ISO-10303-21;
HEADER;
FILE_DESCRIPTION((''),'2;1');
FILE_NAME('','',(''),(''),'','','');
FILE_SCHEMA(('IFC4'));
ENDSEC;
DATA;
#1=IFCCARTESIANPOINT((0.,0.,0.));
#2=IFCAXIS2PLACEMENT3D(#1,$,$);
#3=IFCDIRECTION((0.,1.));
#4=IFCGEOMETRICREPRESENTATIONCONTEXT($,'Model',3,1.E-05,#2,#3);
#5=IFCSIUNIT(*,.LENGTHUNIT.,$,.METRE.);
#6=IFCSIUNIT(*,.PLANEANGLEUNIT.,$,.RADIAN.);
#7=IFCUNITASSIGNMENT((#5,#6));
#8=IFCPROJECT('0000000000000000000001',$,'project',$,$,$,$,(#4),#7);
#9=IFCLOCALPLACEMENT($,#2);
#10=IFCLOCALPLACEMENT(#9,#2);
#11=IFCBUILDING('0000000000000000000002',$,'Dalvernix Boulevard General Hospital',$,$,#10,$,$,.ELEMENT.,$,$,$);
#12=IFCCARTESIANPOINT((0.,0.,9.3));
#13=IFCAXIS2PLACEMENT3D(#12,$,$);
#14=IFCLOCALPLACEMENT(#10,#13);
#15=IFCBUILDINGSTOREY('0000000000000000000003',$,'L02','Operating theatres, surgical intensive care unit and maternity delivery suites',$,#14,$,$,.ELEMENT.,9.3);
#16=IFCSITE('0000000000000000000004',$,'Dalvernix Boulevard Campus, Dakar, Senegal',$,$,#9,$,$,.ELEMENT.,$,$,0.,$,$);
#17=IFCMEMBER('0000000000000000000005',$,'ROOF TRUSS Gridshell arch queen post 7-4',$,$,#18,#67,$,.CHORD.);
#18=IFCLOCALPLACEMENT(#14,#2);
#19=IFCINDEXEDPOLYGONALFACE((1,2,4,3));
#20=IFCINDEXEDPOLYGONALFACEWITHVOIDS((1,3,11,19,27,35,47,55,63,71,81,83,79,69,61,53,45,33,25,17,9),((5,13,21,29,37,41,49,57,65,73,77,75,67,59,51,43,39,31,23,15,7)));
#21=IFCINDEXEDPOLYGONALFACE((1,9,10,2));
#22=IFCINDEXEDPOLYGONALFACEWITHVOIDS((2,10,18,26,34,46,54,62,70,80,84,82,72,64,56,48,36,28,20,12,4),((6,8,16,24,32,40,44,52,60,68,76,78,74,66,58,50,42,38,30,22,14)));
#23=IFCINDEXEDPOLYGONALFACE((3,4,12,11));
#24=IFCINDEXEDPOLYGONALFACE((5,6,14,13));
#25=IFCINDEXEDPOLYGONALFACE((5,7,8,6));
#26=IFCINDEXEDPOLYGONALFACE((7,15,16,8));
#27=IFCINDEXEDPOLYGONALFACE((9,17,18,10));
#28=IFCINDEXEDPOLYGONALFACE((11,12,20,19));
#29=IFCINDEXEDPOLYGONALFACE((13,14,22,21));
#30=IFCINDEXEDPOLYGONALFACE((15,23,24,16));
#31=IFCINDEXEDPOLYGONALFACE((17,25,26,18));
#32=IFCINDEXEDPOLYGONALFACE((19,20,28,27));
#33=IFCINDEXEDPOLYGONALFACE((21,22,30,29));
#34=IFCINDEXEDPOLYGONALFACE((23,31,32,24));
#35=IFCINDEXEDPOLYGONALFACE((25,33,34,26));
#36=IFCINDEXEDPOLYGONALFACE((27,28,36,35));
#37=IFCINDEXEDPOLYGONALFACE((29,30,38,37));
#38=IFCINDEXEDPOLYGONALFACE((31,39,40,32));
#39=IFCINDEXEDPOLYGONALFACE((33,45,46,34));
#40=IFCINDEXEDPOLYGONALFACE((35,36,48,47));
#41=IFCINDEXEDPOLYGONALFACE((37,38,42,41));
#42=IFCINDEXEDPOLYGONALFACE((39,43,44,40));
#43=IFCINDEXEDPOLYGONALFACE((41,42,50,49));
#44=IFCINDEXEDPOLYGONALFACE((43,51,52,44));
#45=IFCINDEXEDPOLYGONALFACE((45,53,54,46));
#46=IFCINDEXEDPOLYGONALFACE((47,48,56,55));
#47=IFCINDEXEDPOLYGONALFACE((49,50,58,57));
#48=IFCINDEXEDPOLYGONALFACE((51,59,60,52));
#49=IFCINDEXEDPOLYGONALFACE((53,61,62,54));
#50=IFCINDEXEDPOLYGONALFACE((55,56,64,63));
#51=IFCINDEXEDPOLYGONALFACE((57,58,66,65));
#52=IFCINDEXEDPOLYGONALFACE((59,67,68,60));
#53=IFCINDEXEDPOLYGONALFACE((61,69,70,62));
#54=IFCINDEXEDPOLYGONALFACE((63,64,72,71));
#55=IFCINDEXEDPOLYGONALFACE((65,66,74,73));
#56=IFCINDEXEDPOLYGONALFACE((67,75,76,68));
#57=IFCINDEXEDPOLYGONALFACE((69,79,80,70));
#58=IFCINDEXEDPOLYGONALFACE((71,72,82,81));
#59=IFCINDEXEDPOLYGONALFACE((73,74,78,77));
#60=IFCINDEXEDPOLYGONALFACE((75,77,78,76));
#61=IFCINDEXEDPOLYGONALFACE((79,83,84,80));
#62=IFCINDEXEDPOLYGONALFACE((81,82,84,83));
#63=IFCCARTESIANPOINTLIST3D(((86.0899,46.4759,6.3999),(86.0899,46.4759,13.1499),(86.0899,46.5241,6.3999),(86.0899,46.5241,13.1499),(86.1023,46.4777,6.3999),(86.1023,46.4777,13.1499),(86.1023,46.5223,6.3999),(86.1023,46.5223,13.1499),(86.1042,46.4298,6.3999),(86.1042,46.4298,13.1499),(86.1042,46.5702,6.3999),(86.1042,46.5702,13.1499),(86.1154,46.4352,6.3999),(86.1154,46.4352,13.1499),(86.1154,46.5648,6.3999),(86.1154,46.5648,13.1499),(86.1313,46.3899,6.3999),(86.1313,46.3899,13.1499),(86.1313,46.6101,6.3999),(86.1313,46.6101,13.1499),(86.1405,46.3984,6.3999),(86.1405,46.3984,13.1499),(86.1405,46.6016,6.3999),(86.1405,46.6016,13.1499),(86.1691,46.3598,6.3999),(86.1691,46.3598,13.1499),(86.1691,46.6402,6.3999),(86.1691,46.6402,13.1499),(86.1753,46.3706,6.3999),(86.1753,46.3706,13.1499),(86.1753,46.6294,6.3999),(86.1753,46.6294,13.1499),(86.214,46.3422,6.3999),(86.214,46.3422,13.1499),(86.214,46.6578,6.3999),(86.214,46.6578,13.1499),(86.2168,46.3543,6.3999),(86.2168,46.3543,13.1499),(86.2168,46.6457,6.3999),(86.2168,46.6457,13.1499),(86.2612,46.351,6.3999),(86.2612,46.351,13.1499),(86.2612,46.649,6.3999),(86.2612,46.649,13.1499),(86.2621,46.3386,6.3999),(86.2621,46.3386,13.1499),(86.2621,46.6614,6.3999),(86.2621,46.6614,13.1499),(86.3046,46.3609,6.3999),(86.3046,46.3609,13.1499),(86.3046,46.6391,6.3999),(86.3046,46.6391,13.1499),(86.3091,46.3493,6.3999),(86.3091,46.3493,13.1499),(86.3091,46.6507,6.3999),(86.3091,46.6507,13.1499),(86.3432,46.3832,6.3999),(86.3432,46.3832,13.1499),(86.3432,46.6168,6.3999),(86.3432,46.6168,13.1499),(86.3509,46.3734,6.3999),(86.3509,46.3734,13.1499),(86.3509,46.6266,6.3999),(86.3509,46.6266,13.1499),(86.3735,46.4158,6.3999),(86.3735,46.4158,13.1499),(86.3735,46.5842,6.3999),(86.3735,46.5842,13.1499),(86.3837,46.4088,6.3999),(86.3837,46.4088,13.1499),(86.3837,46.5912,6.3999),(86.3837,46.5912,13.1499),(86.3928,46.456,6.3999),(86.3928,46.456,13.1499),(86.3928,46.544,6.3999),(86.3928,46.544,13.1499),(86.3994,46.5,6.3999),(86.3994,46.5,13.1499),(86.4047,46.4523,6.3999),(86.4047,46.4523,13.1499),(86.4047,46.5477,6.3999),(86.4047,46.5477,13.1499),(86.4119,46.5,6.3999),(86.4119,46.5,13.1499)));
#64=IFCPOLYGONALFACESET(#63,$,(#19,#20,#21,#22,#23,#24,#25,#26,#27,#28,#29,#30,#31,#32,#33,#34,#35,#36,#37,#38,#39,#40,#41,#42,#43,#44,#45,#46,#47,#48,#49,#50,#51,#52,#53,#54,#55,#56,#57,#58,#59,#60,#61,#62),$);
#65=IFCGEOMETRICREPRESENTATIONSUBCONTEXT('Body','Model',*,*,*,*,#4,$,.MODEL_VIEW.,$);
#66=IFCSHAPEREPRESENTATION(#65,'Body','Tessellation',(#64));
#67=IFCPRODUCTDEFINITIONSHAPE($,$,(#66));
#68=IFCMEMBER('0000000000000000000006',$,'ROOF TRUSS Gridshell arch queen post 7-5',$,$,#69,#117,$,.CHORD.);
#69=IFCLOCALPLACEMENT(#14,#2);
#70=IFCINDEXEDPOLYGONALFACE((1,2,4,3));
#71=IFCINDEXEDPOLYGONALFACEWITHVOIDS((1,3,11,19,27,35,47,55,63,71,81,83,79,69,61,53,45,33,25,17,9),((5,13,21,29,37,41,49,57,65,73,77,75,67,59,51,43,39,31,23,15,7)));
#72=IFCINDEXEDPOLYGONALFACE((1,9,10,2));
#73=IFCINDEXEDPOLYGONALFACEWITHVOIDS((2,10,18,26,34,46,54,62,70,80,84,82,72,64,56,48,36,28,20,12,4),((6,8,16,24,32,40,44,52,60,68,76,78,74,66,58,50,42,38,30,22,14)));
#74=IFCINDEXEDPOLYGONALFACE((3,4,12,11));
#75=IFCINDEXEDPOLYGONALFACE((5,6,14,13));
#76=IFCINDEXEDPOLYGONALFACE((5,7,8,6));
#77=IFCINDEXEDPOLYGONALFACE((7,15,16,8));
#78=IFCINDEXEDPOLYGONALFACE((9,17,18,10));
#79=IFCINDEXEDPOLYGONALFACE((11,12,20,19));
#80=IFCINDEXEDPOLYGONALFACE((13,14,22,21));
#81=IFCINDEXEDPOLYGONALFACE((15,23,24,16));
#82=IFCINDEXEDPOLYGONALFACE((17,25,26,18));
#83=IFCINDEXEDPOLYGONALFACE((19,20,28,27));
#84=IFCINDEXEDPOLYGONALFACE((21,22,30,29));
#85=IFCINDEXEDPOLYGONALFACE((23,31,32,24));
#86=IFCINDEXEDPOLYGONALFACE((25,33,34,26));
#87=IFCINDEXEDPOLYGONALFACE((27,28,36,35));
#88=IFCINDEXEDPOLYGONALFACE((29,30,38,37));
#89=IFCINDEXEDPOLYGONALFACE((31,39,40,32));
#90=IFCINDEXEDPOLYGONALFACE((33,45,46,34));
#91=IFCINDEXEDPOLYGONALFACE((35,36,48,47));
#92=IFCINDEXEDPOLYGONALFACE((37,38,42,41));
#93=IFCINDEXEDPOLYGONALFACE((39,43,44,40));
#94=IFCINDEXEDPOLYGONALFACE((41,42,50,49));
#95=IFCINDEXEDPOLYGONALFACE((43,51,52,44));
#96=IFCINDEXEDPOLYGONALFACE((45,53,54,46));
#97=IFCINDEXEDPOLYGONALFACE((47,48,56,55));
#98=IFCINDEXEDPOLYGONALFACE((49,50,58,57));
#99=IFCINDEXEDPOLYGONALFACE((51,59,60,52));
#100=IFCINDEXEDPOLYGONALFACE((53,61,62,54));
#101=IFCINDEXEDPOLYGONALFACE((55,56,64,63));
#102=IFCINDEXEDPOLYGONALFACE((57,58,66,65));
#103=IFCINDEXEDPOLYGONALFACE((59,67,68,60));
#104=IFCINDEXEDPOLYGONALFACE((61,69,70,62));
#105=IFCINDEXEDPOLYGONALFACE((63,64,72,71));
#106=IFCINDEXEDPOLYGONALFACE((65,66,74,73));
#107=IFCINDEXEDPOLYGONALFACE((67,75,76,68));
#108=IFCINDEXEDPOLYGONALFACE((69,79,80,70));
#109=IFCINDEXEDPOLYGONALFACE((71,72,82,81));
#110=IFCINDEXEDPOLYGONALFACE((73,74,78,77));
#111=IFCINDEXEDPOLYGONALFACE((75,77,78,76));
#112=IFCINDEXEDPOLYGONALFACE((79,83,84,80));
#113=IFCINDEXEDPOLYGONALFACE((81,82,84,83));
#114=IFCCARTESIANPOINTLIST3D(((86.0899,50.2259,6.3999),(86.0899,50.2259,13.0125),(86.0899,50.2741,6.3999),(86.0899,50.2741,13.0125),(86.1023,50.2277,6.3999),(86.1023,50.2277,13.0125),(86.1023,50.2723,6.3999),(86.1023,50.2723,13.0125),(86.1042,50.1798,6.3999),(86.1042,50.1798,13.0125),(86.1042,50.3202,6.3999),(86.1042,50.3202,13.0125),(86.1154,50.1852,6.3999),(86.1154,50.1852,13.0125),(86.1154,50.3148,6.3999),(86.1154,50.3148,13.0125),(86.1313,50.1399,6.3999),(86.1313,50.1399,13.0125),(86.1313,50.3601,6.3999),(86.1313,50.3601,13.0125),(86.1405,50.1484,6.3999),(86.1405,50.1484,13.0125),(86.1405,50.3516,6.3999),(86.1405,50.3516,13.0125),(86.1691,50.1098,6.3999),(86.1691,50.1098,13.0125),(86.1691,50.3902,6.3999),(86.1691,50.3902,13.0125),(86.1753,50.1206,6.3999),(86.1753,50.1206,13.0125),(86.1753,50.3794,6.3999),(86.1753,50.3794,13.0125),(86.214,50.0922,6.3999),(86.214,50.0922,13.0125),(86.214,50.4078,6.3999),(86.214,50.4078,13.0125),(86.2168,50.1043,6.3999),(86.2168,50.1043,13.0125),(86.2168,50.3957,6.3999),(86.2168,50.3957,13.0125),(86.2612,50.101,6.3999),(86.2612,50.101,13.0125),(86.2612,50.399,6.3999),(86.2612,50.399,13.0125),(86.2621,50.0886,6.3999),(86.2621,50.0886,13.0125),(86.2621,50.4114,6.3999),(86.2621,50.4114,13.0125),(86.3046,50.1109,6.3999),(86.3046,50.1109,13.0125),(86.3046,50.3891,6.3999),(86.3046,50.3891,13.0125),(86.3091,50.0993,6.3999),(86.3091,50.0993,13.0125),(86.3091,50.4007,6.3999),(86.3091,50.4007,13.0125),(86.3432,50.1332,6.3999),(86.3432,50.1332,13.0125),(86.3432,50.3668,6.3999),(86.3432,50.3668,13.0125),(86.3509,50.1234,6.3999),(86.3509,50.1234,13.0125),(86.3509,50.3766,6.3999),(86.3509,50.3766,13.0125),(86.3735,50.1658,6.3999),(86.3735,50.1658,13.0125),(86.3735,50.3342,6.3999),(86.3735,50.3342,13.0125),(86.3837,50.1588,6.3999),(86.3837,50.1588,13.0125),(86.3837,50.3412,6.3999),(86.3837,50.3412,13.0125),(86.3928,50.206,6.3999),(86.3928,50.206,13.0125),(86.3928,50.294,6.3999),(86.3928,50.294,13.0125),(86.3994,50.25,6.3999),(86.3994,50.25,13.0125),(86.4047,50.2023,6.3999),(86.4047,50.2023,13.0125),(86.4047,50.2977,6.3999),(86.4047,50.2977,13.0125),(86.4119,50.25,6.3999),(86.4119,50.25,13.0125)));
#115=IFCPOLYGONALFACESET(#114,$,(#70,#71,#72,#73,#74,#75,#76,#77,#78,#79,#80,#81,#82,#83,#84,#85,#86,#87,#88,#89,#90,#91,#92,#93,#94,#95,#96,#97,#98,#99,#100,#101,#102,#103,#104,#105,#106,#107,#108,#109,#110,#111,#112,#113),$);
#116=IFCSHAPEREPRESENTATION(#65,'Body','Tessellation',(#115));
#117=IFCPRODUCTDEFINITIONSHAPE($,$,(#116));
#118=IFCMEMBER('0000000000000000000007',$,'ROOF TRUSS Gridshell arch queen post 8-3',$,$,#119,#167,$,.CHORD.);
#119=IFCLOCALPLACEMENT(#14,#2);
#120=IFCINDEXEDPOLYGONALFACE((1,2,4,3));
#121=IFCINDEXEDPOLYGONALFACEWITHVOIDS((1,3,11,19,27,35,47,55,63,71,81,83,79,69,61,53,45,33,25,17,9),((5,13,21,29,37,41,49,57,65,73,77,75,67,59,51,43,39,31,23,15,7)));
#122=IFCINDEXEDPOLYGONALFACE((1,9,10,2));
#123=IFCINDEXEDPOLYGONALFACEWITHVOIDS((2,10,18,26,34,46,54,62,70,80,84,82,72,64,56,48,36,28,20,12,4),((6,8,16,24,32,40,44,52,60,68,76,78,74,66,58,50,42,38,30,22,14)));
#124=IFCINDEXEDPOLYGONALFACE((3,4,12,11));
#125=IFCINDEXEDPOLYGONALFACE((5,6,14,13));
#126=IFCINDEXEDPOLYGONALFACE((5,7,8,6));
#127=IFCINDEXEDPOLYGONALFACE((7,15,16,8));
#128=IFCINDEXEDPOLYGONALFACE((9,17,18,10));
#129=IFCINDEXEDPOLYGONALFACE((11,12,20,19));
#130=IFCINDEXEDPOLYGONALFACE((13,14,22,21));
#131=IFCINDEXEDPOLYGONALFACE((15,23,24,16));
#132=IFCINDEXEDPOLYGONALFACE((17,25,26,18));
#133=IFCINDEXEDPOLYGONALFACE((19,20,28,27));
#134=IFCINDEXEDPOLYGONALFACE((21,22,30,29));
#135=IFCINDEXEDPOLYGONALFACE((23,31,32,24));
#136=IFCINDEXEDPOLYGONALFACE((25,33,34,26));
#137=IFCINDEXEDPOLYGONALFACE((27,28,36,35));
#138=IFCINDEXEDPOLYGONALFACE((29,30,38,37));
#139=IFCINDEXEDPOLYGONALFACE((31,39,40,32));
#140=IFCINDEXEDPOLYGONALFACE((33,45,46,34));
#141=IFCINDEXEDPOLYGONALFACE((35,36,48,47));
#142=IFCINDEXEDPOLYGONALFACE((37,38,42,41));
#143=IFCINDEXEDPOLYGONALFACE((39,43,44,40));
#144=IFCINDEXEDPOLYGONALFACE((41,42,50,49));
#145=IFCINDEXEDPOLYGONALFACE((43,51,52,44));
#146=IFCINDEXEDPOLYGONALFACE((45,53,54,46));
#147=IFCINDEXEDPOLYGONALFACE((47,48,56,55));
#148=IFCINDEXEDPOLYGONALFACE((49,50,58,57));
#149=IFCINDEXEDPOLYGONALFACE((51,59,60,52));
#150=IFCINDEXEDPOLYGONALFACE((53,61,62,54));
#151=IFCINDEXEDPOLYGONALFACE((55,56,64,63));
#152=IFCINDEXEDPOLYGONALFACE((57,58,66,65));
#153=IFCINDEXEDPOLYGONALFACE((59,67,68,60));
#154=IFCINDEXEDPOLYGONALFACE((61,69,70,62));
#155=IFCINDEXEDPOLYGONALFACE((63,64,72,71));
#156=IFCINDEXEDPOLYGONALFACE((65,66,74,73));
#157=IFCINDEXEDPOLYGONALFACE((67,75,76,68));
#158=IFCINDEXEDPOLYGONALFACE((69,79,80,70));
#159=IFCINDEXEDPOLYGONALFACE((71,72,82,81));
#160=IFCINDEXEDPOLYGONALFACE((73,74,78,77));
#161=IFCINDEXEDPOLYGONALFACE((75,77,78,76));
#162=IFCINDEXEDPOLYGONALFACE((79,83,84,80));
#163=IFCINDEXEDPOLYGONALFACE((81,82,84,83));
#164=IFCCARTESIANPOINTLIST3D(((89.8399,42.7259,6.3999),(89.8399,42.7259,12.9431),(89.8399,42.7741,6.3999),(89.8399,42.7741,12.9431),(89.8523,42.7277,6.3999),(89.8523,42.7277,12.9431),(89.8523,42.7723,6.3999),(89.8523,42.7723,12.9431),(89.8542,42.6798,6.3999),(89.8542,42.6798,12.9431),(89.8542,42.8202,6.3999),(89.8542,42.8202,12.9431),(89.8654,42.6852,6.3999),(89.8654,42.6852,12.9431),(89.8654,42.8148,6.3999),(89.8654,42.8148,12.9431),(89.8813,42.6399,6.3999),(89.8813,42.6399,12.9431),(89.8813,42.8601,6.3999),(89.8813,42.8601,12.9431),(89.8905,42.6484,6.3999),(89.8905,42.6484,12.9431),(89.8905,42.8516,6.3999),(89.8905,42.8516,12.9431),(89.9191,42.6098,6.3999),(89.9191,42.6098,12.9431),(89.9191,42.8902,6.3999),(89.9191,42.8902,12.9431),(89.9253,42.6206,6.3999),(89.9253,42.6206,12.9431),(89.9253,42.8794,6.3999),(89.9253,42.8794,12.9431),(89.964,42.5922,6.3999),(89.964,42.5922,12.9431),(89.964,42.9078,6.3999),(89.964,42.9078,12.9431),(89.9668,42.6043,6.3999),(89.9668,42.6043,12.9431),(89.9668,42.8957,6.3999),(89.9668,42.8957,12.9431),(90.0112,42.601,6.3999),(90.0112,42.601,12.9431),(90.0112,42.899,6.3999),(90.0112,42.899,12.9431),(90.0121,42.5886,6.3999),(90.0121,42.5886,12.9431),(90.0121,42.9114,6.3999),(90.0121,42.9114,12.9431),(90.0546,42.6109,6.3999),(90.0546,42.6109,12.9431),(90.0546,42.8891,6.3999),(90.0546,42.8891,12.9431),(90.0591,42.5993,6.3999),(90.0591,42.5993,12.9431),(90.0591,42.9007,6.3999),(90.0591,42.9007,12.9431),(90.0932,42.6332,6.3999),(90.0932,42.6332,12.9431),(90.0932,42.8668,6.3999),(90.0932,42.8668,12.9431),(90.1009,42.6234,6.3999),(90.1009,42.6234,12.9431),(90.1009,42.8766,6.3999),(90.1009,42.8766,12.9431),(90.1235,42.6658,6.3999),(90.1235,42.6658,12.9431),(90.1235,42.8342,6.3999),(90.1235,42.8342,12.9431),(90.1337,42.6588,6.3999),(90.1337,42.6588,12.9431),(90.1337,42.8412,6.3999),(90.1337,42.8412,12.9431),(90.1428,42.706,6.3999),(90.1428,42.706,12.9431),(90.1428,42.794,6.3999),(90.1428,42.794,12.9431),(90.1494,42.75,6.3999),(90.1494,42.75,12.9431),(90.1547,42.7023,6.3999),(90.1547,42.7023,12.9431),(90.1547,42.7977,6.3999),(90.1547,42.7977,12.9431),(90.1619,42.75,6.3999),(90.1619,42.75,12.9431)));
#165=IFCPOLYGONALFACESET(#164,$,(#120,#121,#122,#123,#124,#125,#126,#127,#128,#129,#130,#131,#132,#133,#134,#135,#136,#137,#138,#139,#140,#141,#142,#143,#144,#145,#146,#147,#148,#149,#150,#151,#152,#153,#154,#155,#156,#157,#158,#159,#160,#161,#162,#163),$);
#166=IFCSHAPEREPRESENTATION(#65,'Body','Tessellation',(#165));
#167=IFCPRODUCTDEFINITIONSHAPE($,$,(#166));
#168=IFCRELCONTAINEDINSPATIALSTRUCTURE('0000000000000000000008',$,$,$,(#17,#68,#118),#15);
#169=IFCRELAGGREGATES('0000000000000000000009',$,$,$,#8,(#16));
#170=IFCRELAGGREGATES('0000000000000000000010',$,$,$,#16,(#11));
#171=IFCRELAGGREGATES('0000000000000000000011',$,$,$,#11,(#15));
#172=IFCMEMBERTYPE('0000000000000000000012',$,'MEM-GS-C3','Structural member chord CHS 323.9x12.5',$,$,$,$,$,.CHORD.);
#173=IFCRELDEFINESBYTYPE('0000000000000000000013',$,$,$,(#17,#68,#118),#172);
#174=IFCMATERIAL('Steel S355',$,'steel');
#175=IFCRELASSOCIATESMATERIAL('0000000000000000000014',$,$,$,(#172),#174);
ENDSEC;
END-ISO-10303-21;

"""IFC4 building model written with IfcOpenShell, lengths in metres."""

from ifc_helpers import new_model, si_unit, direction, frame, origin, origin_2d, place, context, subcontext, project, spatial, hollow_circle, extrude, material, material_profile, profile_set, type_object, element, save


model = new_model("IFC4")

# Units and contexts
model_context = context("Model", 3, precision=1e-05, world=origin(), true_north=direction((0.0, 1.0)))
body_context = subcontext(model_context, "Body", "Model", "MODEL_VIEW")
ifc_project = project(units=[si_unit("LENGTHUNIT", "METRE"), si_unit("PLANEANGLEUNIT", "RADIAN")], contexts=[model_context])

# Site, building, storey
site_placement = place(None, origin())
site = spatial("IfcSite", under=ifc_project, at=site_placement, Name="Dalvernix Boulevard Campus, Dakar, Senegal", CompositionType="ELEMENT", RefElevation=0.0)
building_placement = place(site_placement, origin())
building = spatial("IfcBuilding", under=site, at=building_placement, Name="Dalvernix Boulevard General Hospital", CompositionType="ELEMENT")
storey_placement = place(building_placement, frame((0.0, 0.0, 9.3)))
storey = spatial("IfcBuildingStorey", under=building, at=storey_placement, Name="L02", Description="Operating theatres, surgical intensive care unit and maternity delivery suites", CompositionType="ELEMENT", Elevation=9.3)

# Members
ifc_material_1 = material(Name="Steel S355", Category="steel")
ifc_material_profile_1 = material_profile(ifc_material_1, hollow_circle(Radius=0.1619, WallThickness=0.0125, at=origin_2d()), Name="CHS 323.9x12.5")
ifc_profile_set_1 = profile_set([ifc_material_profile_1], Name="Steel S355")
member_type_1 = type_object("IfcMemberType", Name="MEM-GS-C3", Description="Structural member chord CHS 323.9x12.5", PredefinedType="CHORD", material=ifc_profile_set_1)
member_1_placement = place(storey_placement, frame((86.25, 46.5, 6.3999), z_axis=(0.0, 0.0, 1.0), x_axis=(1.0, 0.0, 0.0)))
element("IfcMember", 1, at=member_1_placement, inside=storey, type_object=member_type_1, Name="ROOF TRUSS Gridshell arch queen post 7-4", PredefinedType="CHORD", context=body_context, shape_type="SweptSolid", body=[
    extrude(hollow_circle(Radius=0.1619, WallThickness=0.0125, at=origin_2d()), origin(), (0.0, 0.0, 1.0), 6.75),
])
member_2_placement = place(storey_placement, frame((86.25, 50.25, 6.3999), z_axis=(0.0, 0.0, 1.0), x_axis=(1.0, 0.0, 0.0)))
element("IfcMember", 2, at=member_2_placement, inside=storey, type_object=member_type_1, Name="ROOF TRUSS Gridshell arch queen post 7-5", PredefinedType="CHORD", context=body_context, shape_type="SweptSolid", body=[
    extrude(hollow_circle(Radius=0.1619, WallThickness=0.0125, at=origin_2d()), origin(), (0.0, 0.0, 1.0), 6.6125),
])
member_3_placement = place(storey_placement, frame((90.0, 42.75, 6.3999), z_axis=(0.0, 0.0, 1.0), x_axis=(1.0, 0.0, 0.0)))
element("IfcMember", 3, at=member_3_placement, inside=storey, type_object=member_type_1, Name="ROOF TRUSS Gridshell arch queen post 8-3", PredefinedType="CHORD", context=body_context, shape_type="SweptSolid", body=[
    extrude(hollow_circle(Radius=0.1619, WallThickness=0.0125, at=origin_2d()), origin(), (0.0, 0.0, 1.0), 6.5432),
])

save(model, "model.ifc")
